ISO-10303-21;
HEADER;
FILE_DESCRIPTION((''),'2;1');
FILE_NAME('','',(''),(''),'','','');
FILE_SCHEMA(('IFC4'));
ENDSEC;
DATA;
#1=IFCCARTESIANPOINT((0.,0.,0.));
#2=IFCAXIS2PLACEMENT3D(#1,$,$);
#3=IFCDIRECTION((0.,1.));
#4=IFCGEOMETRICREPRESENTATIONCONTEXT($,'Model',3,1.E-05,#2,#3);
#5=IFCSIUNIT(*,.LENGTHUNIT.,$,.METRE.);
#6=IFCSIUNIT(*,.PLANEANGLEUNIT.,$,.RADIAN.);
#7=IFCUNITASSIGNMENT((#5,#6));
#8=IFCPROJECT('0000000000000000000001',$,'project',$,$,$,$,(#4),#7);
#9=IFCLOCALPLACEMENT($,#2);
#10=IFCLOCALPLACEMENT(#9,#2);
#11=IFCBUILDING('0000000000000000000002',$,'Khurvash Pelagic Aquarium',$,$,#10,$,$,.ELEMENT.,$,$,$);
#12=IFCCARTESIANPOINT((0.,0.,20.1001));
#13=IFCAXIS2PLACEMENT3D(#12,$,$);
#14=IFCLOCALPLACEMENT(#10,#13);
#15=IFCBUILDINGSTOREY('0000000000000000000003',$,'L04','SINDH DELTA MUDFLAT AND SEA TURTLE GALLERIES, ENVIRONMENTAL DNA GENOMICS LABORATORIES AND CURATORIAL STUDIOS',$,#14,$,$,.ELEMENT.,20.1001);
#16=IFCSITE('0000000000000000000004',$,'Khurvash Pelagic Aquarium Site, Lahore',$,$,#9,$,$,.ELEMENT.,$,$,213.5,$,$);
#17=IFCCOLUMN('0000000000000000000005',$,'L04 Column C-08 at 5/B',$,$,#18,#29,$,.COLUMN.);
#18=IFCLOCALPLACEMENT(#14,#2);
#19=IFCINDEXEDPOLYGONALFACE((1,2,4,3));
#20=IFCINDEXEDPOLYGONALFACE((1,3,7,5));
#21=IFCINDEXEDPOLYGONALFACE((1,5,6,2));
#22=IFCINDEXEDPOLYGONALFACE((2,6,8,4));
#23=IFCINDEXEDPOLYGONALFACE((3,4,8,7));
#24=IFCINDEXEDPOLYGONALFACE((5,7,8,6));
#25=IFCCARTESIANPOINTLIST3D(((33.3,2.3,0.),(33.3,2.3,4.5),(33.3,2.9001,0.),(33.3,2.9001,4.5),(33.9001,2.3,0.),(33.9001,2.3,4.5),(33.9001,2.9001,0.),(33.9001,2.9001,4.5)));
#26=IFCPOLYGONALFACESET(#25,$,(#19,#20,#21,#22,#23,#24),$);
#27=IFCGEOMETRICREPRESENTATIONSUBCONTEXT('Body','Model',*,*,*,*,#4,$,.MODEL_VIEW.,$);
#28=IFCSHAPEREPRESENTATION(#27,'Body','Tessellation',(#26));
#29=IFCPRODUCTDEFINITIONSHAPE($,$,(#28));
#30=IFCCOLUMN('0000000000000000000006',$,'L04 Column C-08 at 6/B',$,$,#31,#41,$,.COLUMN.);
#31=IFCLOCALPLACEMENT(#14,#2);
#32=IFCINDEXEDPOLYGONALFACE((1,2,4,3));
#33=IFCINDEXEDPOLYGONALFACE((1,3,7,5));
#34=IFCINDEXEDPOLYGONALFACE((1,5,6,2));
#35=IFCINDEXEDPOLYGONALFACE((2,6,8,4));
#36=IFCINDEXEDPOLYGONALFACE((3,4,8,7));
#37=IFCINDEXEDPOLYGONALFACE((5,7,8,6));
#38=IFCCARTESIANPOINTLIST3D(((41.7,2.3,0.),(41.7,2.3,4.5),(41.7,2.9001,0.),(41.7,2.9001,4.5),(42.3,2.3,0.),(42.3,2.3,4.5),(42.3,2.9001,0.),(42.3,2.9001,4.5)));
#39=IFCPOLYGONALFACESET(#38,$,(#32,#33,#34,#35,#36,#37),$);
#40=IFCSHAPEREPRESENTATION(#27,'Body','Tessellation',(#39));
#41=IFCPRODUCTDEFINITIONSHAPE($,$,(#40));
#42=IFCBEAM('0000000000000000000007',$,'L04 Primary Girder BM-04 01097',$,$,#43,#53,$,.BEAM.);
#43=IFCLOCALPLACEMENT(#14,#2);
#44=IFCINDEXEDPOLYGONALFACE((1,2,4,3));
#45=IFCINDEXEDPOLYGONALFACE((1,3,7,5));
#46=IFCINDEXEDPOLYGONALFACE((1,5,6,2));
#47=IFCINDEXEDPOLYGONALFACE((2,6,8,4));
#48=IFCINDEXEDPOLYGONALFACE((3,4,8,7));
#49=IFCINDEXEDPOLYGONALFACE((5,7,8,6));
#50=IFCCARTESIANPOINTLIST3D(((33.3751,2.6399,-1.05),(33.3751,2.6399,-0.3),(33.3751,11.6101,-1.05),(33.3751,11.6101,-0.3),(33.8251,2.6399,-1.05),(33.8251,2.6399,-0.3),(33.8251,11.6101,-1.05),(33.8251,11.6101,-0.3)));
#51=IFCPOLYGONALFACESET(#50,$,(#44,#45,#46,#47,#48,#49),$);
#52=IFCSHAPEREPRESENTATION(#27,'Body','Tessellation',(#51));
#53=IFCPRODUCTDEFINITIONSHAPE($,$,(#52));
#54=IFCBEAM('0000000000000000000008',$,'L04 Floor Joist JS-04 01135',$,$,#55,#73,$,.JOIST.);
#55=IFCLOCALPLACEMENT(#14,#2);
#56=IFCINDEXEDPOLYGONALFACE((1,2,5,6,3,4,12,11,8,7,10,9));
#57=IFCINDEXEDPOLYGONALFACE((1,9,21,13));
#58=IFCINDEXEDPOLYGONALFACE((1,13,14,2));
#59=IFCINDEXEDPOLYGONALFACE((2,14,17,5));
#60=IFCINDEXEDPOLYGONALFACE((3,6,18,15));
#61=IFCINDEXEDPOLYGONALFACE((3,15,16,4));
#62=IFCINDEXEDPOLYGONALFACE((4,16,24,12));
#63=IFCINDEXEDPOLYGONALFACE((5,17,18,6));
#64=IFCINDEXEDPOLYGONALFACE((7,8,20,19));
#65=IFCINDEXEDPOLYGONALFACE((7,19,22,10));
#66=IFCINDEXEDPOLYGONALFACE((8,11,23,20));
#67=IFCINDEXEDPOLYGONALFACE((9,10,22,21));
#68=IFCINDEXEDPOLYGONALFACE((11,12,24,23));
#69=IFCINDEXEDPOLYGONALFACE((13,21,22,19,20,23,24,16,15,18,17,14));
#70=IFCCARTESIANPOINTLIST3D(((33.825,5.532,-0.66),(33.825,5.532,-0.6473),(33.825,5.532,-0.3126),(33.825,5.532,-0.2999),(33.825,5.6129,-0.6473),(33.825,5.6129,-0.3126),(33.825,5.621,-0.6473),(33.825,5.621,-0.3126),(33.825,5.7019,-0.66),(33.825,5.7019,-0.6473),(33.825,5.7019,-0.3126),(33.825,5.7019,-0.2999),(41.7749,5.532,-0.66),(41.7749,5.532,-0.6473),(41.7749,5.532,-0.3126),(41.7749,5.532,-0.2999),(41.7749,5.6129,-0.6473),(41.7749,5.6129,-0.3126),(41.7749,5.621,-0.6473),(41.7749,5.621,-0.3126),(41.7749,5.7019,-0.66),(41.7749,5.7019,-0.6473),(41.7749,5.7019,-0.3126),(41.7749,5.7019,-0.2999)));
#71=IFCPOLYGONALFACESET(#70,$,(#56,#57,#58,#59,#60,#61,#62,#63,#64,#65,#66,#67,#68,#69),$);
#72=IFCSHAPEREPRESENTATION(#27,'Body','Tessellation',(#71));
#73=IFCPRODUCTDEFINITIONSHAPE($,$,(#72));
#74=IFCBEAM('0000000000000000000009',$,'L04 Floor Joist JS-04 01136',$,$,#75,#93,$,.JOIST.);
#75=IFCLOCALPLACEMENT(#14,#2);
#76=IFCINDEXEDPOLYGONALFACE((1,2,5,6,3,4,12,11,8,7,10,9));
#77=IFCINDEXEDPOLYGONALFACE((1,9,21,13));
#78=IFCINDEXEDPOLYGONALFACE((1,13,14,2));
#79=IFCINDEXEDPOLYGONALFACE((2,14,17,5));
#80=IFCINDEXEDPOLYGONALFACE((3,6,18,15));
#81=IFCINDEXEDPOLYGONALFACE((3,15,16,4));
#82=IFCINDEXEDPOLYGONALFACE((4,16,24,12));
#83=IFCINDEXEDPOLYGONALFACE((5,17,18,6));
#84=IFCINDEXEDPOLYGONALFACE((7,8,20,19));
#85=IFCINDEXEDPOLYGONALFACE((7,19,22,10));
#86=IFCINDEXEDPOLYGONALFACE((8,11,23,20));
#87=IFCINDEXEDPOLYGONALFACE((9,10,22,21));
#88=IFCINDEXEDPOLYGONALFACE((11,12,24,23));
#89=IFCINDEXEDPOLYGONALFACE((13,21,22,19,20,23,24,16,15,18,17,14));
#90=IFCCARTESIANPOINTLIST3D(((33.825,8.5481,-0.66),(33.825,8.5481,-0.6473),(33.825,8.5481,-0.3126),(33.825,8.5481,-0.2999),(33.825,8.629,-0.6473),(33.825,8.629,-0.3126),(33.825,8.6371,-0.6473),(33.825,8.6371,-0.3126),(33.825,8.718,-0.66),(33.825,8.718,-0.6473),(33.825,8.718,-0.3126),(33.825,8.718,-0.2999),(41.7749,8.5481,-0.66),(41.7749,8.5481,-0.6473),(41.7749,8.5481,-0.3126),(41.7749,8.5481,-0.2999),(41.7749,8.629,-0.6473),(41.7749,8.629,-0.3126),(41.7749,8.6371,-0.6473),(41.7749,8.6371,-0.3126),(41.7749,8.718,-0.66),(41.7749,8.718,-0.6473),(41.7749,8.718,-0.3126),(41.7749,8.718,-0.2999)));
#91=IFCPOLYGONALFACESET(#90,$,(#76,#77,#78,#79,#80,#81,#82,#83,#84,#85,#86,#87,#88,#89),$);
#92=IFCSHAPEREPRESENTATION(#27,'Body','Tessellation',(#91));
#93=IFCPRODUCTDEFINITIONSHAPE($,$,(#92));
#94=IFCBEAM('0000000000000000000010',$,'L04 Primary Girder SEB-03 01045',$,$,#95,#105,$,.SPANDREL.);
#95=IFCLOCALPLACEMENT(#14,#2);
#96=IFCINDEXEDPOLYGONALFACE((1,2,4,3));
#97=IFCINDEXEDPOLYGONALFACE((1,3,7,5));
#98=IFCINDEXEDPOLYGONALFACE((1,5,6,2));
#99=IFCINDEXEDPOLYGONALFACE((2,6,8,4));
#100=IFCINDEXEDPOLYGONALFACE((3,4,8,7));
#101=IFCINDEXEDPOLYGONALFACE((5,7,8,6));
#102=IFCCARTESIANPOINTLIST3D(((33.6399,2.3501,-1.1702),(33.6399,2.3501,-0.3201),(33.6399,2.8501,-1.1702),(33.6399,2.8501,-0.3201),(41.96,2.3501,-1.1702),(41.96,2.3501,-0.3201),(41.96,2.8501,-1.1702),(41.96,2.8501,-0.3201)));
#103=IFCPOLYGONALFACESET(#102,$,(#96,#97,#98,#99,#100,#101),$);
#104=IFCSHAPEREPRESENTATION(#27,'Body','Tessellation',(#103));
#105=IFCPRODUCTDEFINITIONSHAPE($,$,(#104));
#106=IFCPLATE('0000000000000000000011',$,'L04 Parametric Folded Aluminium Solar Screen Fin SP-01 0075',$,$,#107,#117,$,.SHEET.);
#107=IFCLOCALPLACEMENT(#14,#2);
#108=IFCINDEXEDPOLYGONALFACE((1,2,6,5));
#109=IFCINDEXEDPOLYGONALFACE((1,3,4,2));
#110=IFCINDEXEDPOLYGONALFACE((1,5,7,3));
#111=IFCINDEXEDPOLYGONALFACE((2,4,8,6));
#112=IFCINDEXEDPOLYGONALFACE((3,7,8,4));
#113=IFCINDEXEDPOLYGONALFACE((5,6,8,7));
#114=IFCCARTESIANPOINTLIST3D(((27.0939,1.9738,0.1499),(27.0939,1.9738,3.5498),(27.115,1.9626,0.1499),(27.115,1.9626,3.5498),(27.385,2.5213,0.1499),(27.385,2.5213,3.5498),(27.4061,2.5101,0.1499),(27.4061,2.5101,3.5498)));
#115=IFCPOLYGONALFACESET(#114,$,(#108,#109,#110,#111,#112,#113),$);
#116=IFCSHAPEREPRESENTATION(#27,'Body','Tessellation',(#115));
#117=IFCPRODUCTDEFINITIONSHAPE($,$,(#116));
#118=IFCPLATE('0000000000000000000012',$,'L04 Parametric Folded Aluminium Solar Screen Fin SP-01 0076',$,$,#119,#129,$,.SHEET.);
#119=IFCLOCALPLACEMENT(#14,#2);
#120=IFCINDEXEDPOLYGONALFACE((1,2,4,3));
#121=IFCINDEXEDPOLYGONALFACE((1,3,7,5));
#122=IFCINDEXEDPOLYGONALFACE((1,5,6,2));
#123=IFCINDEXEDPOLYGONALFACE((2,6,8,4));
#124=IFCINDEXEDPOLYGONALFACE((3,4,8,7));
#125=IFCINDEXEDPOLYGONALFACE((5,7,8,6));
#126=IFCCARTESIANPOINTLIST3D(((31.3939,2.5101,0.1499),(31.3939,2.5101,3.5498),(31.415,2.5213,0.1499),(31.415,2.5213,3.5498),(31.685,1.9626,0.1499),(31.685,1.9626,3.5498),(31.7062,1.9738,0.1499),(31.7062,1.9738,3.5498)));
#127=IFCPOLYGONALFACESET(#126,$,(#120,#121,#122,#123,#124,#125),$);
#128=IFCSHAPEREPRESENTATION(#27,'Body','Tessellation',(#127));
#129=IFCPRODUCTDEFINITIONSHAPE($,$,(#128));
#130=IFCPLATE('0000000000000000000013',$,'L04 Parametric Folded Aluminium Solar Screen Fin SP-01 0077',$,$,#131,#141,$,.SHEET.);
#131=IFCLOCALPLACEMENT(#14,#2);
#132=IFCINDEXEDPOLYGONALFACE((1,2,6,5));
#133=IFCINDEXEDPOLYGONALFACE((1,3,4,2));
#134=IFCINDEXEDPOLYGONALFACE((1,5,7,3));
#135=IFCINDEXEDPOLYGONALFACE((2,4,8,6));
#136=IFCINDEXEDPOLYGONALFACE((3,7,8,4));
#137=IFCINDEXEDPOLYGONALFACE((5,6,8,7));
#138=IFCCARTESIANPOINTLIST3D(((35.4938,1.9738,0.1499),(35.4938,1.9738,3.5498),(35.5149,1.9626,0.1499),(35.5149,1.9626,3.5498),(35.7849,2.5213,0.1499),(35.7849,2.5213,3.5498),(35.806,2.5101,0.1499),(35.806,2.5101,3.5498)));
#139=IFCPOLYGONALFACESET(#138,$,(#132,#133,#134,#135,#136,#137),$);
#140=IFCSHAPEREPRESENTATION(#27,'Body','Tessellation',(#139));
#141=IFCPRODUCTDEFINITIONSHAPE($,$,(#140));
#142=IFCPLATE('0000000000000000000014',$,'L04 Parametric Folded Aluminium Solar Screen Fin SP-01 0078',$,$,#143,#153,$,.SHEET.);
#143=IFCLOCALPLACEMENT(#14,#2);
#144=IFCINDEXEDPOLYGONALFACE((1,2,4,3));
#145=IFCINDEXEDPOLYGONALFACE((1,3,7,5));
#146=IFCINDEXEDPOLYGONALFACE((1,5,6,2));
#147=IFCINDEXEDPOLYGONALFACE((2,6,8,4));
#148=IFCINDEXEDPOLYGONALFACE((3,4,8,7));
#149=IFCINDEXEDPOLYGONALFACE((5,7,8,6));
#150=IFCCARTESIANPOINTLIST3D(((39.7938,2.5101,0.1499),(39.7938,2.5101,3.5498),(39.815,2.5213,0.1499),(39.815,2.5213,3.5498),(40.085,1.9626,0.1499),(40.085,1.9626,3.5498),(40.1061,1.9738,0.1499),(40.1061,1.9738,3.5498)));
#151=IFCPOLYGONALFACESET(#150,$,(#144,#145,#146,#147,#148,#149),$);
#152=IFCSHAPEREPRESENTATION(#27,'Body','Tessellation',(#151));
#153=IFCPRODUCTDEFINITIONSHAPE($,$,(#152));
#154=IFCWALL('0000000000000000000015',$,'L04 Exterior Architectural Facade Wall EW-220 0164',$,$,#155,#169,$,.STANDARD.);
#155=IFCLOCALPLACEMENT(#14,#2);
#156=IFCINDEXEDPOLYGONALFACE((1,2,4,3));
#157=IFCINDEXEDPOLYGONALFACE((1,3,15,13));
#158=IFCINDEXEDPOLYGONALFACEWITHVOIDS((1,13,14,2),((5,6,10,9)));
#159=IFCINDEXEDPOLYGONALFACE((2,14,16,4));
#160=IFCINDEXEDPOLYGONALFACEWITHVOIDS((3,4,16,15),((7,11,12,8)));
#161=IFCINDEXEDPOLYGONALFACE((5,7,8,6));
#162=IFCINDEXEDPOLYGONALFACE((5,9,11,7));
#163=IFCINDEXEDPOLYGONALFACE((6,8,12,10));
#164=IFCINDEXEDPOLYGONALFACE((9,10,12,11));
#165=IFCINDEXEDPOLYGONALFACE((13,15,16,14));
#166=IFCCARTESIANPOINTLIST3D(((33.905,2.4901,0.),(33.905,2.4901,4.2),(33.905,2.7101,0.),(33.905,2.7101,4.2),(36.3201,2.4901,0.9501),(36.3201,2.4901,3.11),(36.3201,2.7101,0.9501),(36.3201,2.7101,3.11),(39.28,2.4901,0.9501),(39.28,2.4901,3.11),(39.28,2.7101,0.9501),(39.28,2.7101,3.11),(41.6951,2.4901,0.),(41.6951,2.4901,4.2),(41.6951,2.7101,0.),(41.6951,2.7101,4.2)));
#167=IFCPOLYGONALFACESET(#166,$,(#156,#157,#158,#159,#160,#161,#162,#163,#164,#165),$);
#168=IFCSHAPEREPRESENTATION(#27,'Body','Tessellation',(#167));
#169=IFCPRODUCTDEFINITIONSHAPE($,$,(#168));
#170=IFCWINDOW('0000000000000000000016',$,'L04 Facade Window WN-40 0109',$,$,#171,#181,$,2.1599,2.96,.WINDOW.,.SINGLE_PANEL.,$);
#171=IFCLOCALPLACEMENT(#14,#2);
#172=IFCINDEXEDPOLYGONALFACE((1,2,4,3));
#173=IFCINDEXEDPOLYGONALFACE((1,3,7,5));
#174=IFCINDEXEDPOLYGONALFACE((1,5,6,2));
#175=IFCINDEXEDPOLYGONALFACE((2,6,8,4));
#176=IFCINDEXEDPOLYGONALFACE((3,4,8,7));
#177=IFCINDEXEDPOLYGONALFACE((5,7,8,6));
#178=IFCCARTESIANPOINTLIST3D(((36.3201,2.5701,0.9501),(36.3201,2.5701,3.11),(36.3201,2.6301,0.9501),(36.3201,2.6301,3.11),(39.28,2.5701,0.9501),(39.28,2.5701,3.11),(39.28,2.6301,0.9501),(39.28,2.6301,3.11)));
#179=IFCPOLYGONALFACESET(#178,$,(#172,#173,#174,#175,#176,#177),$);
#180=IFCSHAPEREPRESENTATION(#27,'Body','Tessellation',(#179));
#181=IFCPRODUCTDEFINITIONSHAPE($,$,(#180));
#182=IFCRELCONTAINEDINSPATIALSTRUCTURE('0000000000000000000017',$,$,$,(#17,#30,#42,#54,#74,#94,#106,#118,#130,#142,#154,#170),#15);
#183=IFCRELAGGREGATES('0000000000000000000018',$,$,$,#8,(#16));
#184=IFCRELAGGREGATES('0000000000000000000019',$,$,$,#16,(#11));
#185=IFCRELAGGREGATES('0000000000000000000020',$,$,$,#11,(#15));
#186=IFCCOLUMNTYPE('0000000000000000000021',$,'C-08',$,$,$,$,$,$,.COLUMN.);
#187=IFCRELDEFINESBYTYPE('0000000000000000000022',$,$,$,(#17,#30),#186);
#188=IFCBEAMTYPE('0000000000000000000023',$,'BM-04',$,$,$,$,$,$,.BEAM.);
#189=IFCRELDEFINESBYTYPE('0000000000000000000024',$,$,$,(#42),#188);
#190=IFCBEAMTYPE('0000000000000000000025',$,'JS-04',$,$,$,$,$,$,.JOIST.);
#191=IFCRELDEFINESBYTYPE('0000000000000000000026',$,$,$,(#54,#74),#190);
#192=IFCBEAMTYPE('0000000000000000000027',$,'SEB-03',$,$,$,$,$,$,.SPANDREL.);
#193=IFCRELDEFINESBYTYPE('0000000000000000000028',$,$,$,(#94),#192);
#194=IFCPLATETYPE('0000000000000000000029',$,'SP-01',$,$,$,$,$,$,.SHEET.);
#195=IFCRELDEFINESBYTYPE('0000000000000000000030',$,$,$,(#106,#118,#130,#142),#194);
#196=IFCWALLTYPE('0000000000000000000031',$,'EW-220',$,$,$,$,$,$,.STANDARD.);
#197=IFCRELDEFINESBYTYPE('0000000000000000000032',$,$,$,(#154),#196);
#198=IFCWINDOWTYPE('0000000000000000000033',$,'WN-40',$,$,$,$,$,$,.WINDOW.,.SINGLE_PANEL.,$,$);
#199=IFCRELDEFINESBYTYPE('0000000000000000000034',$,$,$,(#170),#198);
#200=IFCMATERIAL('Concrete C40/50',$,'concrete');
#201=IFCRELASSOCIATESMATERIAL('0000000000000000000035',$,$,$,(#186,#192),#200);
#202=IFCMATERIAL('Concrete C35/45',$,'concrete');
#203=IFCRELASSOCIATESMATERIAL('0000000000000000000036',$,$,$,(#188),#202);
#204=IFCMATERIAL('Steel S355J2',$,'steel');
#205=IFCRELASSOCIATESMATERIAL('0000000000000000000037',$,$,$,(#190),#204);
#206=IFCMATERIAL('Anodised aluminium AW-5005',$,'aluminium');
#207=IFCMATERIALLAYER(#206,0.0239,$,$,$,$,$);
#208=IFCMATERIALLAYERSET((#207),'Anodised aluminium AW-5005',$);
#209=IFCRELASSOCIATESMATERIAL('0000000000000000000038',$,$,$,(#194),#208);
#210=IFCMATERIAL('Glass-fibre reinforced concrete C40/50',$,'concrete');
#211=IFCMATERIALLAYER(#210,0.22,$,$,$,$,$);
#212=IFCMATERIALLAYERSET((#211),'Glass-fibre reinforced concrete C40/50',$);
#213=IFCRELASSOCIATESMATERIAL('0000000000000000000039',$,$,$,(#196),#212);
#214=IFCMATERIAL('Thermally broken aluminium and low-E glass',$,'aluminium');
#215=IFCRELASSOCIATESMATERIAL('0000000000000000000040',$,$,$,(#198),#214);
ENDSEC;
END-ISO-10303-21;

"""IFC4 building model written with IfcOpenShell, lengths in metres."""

from ifc_helpers import new_model, si_unit, direction, frame, frame_2d, origin, origin_2d, place, context, subcontext, project, spatial, rectangle, i_section, extrude, material, layer, layer_set, material_profile, profile_set, type_object, element, fill, save


model = new_model("IFC4")

# Units and contexts
model_context = context("Model", 3, precision=1e-05, world=origin(), true_north=direction((0.0, 1.0)))
body_context = subcontext(model_context, "Body", "Model", "MODEL_VIEW")
ifc_project = project(units=[si_unit("LENGTHUNIT", "METRE"), si_unit("PLANEANGLEUNIT", "RADIAN")], contexts=[model_context])

# Site, building, storey
site_placement = place(None, origin())
site = spatial("IfcSite", under=ifc_project, at=site_placement, Name="Khurvash Pelagic Aquarium Site, Lahore", CompositionType="ELEMENT", RefElevation=213.5)
building_placement = place(site_placement, origin())
building = spatial("IfcBuilding", under=site, at=building_placement, Name="Khurvash Pelagic Aquarium", CompositionType="ELEMENT")
storey_placement = place(building_placement, frame((0.0, 0.0, 20.1001)))
storey = spatial("IfcBuildingStorey", under=building, at=storey_placement, Name="L04", Description="SINDH DELTA MUDFLAT AND SEA TURTLE GALLERIES, ENVIRONMENTAL DNA GENOMICS LABORATORIES AND CURATORIAL STUDIOS", CompositionType="ELEMENT", Elevation=20.1001)

# Columns
ifc_material_1 = material(Name="Concrete C40/50", Category="concrete")
ifc_material_profile_1 = material_profile(ifc_material_1, rectangle(XDim=0.6001, YDim=0.6001, at=origin_2d()), Name="RC600X600")
ifc_profile_set_1 = profile_set([ifc_material_profile_1], Name="Concrete C40/50")
column_type = type_object("IfcColumnType", Name="C-08", PredefinedType="COLUMN", material=ifc_profile_set_1)
for number, where, z_axis, x_axis, name in (
    (1, (33.6001, 2.6001, 0.0), (0.0, 0.0, 1.0), (1.0, 0.0, 0.0), "L04 Column C-08 at 5/B"),
    (2, (42.0, 2.6001, 0.0), (0.0, 0.0, 1.0), (1.0, 0.0, 0.0), "L04 Column C-08 at 6/B"),
):
    element("IfcColumn", number, at=place(storey_placement, frame(where, z_axis=z_axis, x_axis=x_axis)), inside=storey, type_object=column_type, Name=name, PredefinedType="COLUMN", context=body_context, shape_type="SweptSolid", body=[
        extrude(rectangle(XDim=0.6001, YDim=0.6001, at=origin_2d()), origin(), (0.0, 0.0, 1.0), 4.5),
    ])

# Beams
ifc_material_2 = material(Name="Concrete C35/45", Category="concrete")
ifc_material_profile_2 = material_profile(ifc_material_2, rectangle(XDim=0.45, YDim=0.75, at=origin_2d()), Name="RC450X750")
ifc_profile_set_2 = profile_set([ifc_material_profile_2], Name="Concrete C35/45")
beam_type_1 = type_object("IfcBeamType", Name="BM-04", PredefinedType="BEAM", material=ifc_profile_set_2)
beam_1_placement = place(storey_placement, frame((33.6001, 2.6399, -0.675), z_axis=(0.0, 1.0, 0.0), x_axis=(-1.0, 0.0, 0.0)))
element("IfcBeam", 3, at=beam_1_placement, inside=storey, type_object=beam_type_1, Name="L04 Primary Girder BM-04 01097", PredefinedType="BEAM", context=body_context, shape_type="SweptSolid", body=[
    extrude(rectangle(XDim=0.45, YDim=0.75, at=origin_2d()), origin(), (0.0, 0.0, 1.0), 8.9702),
])
ifc_material_3 = material(Name="Steel S355J2", Category="steel")
ifc_material_profile_3 = material_profile(ifc_material_3, i_section(OverallWidth=0.1699, OverallDepth=0.3601, WebThickness=0.0081, FlangeThickness=0.0127, at=origin_2d()), Name="IPE360")
ifc_profile_set_3 = profile_set([ifc_material_profile_3], Name="Steel S355J2")
beam_type_2 = type_object("IfcBeamType", Name="JS-04", PredefinedType="JOIST", material=ifc_profile_set_3)
for number, where, z_axis, x_axis, name in (
    (4, (33.825, 5.6169, -0.48), (1.0, 0.0, 0.0), (0.0, 1.0, 0.0), "L04 Floor Joist JS-04 01135"),
    (5, (33.825, 8.6331, -0.48), (1.0, 0.0, 0.0), (0.0, 1.0, 0.0), "L04 Floor Joist JS-04 01136"),
):
    element("IfcBeam", number, at=place(storey_placement, frame(where, z_axis=z_axis, x_axis=x_axis)), inside=storey, type_object=beam_type_2, Name=name, PredefinedType="JOIST", context=body_context, shape_type="SweptSolid", body=[
        extrude(i_section(OverallWidth=0.1699, OverallDepth=0.3601, WebThickness=0.0081, FlangeThickness=0.0127, at=origin_2d()), origin(), (0.0, 0.0, 1.0), 7.95),
    ])
ifc_material_profile_4 = material_profile(ifc_material_1, rectangle(XDim=0.5, YDim=0.8501, at=origin_2d()), Name="RC500X850")
ifc_profile_set_4 = profile_set([ifc_material_profile_4], Name="Concrete C40/50")
beam_type_3 = type_object("IfcBeamType", Name="SEB-03", PredefinedType="SPANDREL", material=ifc_profile_set_4)
beam_2_placement = place(storey_placement, frame((33.6399, 2.6001, -0.7451), z_axis=(1.0, 0.0, 0.0), x_axis=(0.0, 1.0, 0.0)))
element("IfcBeam", 6, at=beam_2_placement, inside=storey, type_object=beam_type_3, Name="L04 Primary Girder SEB-03 01045", PredefinedType="SPANDREL", context=body_context, shape_type="SweptSolid", body=[
    extrude(rectangle(XDim=0.5, YDim=0.8501, at=origin_2d()), origin(), (0.0, 0.0, 1.0), 8.3201),
])

# Plates
ifc_material_4 = material(Name="Anodised aluminium AW-5005", Category="aluminium")
ifc_layer_1 = layer(ifc_material_4, 0.0239)
ifc_layer_set_1 = layer_set([ifc_layer_1], Name="Anodised aluminium AW-5005")
plate_type = type_object("IfcPlateType", Name="SP-01", PredefinedType="SHEET", material=ifc_layer_set_1)
for number, where, z_axis, x_axis, name in (
    (7, (27.25, 2.2419, 0.1499), (0.0, 0.0, 1.0), (-0.469472, -0.882948, 0.0), "L04 Parametric Folded Aluminium Solar Screen Fin SP-01 0075"),
    (8, (31.55, 2.2419, 0.1499), (0.0, 0.0, 1.0), (0.469472, -0.882948, 0.0), "L04 Parametric Folded Aluminium Solar Screen Fin SP-01 0076"),
    (9, (35.6499, 2.2419, 0.1499), (0.0, 0.0, 1.0), (-0.469472, -0.882948, 0.0), "L04 Parametric Folded Aluminium Solar Screen Fin SP-01 0077"),
    (10, (39.95, 2.2419, 0.1499), (0.0, 0.0, 1.0), (0.469472, -0.882948, 0.0), "L04 Parametric Folded Aluminium Solar Screen Fin SP-01 0078"),
):
    element("IfcPlate", number, at=place(storey_placement, frame(where, z_axis=z_axis, x_axis=x_axis)), inside=storey, type_object=plate_type, Name=name, PredefinedType="SHEET", context=body_context, shape_type="SweptSolid", body=[
        extrude(rectangle(XDim=0.6201, YDim=0.0239, at=origin_2d()), origin(), (0.0, 0.0, 1.0), 3.3999),
    ])

# Wall, opening, window
ifc_material_5 = material(Name="Glass-fibre reinforced concrete C40/50", Category="concrete")
ifc_layer_2 = layer(ifc_material_5, 0.22)
ifc_layer_set_2 = layer_set([ifc_layer_2], Name="Glass-fibre reinforced concrete C40/50")
wall_type_1 = type_object("IfcWallType", Name="EW-220", PredefinedType="STANDARD", material=ifc_layer_set_2)
wall_1_placement = place(storey_placement, frame((33.905, 2.6001, 0.0), z_axis=(0.0, 0.0, 1.0), x_axis=(1.0, 0.0, 0.0)))
wall_1 = element("IfcWall", 11, at=wall_1_placement, inside=storey, type_object=wall_type_1, Name="L04 Exterior Architectural Facade Wall EW-220 0164", PredefinedType="STANDARD", context=body_context, shape_type="SweptSolid", body=[
    extrude(rectangle(XDim=7.79, YDim=0.22, at=frame_2d((3.895, 0.0))), origin(), (0.0, 0.0, 1.0), 4.2),
])
opening_1_placement = place(wall_1_placement, frame((2.415, 0.0, 0.95)))
opening_1 = element("IfcOpeningElement", 12, at=opening_1_placement, cuts=wall_1, PredefinedType="OPENING", context=body_context, shape_type="SweptSolid", body=[
    extrude(rectangle(XDim=2.96, YDim=2.1599, at=frame_2d((1.48, 1.0801))), frame((0.0, 0.1201, 0.0), z_axis=(0.0, -1.0, 0.0), x_axis=(1.0, 0.0, 0.0)), (0.0, 0.0, 1.0), 0.24),
])
ifc_material_6 = material(Name="Thermally broken aluminium and low-E glass", Category="aluminium")
window_type_1 = type_object("IfcWindowType", Name="WN-40", PartitioningType="SINGLE_PANEL", PredefinedType="WINDOW", material=ifc_material_6)
window_1_placement = place(opening_1_placement, origin())
window_1 = element("IfcWindow", 13, at=window_1_placement, inside=storey, type_object=window_type_1, Name="L04 Facade Window WN-40 0109", OverallHeight=2.1599, OverallWidth=2.96, PartitioningType="SINGLE_PANEL", PredefinedType="WINDOW", context=body_context, shape_type="SweptSolid", body=[
    extrude(rectangle(XDim=2.96, YDim=2.1599, at=frame_2d((1.48, 1.0801))), frame((0.0, 0.03, 0.0), z_axis=(0.0, -1.0, 0.0), x_axis=(1.0, 0.0, 0.0)), (0.0, 0.0, 1.0), 0.0601),
])
fill(opening_1, window_1)

save(model, "model.ifc")
